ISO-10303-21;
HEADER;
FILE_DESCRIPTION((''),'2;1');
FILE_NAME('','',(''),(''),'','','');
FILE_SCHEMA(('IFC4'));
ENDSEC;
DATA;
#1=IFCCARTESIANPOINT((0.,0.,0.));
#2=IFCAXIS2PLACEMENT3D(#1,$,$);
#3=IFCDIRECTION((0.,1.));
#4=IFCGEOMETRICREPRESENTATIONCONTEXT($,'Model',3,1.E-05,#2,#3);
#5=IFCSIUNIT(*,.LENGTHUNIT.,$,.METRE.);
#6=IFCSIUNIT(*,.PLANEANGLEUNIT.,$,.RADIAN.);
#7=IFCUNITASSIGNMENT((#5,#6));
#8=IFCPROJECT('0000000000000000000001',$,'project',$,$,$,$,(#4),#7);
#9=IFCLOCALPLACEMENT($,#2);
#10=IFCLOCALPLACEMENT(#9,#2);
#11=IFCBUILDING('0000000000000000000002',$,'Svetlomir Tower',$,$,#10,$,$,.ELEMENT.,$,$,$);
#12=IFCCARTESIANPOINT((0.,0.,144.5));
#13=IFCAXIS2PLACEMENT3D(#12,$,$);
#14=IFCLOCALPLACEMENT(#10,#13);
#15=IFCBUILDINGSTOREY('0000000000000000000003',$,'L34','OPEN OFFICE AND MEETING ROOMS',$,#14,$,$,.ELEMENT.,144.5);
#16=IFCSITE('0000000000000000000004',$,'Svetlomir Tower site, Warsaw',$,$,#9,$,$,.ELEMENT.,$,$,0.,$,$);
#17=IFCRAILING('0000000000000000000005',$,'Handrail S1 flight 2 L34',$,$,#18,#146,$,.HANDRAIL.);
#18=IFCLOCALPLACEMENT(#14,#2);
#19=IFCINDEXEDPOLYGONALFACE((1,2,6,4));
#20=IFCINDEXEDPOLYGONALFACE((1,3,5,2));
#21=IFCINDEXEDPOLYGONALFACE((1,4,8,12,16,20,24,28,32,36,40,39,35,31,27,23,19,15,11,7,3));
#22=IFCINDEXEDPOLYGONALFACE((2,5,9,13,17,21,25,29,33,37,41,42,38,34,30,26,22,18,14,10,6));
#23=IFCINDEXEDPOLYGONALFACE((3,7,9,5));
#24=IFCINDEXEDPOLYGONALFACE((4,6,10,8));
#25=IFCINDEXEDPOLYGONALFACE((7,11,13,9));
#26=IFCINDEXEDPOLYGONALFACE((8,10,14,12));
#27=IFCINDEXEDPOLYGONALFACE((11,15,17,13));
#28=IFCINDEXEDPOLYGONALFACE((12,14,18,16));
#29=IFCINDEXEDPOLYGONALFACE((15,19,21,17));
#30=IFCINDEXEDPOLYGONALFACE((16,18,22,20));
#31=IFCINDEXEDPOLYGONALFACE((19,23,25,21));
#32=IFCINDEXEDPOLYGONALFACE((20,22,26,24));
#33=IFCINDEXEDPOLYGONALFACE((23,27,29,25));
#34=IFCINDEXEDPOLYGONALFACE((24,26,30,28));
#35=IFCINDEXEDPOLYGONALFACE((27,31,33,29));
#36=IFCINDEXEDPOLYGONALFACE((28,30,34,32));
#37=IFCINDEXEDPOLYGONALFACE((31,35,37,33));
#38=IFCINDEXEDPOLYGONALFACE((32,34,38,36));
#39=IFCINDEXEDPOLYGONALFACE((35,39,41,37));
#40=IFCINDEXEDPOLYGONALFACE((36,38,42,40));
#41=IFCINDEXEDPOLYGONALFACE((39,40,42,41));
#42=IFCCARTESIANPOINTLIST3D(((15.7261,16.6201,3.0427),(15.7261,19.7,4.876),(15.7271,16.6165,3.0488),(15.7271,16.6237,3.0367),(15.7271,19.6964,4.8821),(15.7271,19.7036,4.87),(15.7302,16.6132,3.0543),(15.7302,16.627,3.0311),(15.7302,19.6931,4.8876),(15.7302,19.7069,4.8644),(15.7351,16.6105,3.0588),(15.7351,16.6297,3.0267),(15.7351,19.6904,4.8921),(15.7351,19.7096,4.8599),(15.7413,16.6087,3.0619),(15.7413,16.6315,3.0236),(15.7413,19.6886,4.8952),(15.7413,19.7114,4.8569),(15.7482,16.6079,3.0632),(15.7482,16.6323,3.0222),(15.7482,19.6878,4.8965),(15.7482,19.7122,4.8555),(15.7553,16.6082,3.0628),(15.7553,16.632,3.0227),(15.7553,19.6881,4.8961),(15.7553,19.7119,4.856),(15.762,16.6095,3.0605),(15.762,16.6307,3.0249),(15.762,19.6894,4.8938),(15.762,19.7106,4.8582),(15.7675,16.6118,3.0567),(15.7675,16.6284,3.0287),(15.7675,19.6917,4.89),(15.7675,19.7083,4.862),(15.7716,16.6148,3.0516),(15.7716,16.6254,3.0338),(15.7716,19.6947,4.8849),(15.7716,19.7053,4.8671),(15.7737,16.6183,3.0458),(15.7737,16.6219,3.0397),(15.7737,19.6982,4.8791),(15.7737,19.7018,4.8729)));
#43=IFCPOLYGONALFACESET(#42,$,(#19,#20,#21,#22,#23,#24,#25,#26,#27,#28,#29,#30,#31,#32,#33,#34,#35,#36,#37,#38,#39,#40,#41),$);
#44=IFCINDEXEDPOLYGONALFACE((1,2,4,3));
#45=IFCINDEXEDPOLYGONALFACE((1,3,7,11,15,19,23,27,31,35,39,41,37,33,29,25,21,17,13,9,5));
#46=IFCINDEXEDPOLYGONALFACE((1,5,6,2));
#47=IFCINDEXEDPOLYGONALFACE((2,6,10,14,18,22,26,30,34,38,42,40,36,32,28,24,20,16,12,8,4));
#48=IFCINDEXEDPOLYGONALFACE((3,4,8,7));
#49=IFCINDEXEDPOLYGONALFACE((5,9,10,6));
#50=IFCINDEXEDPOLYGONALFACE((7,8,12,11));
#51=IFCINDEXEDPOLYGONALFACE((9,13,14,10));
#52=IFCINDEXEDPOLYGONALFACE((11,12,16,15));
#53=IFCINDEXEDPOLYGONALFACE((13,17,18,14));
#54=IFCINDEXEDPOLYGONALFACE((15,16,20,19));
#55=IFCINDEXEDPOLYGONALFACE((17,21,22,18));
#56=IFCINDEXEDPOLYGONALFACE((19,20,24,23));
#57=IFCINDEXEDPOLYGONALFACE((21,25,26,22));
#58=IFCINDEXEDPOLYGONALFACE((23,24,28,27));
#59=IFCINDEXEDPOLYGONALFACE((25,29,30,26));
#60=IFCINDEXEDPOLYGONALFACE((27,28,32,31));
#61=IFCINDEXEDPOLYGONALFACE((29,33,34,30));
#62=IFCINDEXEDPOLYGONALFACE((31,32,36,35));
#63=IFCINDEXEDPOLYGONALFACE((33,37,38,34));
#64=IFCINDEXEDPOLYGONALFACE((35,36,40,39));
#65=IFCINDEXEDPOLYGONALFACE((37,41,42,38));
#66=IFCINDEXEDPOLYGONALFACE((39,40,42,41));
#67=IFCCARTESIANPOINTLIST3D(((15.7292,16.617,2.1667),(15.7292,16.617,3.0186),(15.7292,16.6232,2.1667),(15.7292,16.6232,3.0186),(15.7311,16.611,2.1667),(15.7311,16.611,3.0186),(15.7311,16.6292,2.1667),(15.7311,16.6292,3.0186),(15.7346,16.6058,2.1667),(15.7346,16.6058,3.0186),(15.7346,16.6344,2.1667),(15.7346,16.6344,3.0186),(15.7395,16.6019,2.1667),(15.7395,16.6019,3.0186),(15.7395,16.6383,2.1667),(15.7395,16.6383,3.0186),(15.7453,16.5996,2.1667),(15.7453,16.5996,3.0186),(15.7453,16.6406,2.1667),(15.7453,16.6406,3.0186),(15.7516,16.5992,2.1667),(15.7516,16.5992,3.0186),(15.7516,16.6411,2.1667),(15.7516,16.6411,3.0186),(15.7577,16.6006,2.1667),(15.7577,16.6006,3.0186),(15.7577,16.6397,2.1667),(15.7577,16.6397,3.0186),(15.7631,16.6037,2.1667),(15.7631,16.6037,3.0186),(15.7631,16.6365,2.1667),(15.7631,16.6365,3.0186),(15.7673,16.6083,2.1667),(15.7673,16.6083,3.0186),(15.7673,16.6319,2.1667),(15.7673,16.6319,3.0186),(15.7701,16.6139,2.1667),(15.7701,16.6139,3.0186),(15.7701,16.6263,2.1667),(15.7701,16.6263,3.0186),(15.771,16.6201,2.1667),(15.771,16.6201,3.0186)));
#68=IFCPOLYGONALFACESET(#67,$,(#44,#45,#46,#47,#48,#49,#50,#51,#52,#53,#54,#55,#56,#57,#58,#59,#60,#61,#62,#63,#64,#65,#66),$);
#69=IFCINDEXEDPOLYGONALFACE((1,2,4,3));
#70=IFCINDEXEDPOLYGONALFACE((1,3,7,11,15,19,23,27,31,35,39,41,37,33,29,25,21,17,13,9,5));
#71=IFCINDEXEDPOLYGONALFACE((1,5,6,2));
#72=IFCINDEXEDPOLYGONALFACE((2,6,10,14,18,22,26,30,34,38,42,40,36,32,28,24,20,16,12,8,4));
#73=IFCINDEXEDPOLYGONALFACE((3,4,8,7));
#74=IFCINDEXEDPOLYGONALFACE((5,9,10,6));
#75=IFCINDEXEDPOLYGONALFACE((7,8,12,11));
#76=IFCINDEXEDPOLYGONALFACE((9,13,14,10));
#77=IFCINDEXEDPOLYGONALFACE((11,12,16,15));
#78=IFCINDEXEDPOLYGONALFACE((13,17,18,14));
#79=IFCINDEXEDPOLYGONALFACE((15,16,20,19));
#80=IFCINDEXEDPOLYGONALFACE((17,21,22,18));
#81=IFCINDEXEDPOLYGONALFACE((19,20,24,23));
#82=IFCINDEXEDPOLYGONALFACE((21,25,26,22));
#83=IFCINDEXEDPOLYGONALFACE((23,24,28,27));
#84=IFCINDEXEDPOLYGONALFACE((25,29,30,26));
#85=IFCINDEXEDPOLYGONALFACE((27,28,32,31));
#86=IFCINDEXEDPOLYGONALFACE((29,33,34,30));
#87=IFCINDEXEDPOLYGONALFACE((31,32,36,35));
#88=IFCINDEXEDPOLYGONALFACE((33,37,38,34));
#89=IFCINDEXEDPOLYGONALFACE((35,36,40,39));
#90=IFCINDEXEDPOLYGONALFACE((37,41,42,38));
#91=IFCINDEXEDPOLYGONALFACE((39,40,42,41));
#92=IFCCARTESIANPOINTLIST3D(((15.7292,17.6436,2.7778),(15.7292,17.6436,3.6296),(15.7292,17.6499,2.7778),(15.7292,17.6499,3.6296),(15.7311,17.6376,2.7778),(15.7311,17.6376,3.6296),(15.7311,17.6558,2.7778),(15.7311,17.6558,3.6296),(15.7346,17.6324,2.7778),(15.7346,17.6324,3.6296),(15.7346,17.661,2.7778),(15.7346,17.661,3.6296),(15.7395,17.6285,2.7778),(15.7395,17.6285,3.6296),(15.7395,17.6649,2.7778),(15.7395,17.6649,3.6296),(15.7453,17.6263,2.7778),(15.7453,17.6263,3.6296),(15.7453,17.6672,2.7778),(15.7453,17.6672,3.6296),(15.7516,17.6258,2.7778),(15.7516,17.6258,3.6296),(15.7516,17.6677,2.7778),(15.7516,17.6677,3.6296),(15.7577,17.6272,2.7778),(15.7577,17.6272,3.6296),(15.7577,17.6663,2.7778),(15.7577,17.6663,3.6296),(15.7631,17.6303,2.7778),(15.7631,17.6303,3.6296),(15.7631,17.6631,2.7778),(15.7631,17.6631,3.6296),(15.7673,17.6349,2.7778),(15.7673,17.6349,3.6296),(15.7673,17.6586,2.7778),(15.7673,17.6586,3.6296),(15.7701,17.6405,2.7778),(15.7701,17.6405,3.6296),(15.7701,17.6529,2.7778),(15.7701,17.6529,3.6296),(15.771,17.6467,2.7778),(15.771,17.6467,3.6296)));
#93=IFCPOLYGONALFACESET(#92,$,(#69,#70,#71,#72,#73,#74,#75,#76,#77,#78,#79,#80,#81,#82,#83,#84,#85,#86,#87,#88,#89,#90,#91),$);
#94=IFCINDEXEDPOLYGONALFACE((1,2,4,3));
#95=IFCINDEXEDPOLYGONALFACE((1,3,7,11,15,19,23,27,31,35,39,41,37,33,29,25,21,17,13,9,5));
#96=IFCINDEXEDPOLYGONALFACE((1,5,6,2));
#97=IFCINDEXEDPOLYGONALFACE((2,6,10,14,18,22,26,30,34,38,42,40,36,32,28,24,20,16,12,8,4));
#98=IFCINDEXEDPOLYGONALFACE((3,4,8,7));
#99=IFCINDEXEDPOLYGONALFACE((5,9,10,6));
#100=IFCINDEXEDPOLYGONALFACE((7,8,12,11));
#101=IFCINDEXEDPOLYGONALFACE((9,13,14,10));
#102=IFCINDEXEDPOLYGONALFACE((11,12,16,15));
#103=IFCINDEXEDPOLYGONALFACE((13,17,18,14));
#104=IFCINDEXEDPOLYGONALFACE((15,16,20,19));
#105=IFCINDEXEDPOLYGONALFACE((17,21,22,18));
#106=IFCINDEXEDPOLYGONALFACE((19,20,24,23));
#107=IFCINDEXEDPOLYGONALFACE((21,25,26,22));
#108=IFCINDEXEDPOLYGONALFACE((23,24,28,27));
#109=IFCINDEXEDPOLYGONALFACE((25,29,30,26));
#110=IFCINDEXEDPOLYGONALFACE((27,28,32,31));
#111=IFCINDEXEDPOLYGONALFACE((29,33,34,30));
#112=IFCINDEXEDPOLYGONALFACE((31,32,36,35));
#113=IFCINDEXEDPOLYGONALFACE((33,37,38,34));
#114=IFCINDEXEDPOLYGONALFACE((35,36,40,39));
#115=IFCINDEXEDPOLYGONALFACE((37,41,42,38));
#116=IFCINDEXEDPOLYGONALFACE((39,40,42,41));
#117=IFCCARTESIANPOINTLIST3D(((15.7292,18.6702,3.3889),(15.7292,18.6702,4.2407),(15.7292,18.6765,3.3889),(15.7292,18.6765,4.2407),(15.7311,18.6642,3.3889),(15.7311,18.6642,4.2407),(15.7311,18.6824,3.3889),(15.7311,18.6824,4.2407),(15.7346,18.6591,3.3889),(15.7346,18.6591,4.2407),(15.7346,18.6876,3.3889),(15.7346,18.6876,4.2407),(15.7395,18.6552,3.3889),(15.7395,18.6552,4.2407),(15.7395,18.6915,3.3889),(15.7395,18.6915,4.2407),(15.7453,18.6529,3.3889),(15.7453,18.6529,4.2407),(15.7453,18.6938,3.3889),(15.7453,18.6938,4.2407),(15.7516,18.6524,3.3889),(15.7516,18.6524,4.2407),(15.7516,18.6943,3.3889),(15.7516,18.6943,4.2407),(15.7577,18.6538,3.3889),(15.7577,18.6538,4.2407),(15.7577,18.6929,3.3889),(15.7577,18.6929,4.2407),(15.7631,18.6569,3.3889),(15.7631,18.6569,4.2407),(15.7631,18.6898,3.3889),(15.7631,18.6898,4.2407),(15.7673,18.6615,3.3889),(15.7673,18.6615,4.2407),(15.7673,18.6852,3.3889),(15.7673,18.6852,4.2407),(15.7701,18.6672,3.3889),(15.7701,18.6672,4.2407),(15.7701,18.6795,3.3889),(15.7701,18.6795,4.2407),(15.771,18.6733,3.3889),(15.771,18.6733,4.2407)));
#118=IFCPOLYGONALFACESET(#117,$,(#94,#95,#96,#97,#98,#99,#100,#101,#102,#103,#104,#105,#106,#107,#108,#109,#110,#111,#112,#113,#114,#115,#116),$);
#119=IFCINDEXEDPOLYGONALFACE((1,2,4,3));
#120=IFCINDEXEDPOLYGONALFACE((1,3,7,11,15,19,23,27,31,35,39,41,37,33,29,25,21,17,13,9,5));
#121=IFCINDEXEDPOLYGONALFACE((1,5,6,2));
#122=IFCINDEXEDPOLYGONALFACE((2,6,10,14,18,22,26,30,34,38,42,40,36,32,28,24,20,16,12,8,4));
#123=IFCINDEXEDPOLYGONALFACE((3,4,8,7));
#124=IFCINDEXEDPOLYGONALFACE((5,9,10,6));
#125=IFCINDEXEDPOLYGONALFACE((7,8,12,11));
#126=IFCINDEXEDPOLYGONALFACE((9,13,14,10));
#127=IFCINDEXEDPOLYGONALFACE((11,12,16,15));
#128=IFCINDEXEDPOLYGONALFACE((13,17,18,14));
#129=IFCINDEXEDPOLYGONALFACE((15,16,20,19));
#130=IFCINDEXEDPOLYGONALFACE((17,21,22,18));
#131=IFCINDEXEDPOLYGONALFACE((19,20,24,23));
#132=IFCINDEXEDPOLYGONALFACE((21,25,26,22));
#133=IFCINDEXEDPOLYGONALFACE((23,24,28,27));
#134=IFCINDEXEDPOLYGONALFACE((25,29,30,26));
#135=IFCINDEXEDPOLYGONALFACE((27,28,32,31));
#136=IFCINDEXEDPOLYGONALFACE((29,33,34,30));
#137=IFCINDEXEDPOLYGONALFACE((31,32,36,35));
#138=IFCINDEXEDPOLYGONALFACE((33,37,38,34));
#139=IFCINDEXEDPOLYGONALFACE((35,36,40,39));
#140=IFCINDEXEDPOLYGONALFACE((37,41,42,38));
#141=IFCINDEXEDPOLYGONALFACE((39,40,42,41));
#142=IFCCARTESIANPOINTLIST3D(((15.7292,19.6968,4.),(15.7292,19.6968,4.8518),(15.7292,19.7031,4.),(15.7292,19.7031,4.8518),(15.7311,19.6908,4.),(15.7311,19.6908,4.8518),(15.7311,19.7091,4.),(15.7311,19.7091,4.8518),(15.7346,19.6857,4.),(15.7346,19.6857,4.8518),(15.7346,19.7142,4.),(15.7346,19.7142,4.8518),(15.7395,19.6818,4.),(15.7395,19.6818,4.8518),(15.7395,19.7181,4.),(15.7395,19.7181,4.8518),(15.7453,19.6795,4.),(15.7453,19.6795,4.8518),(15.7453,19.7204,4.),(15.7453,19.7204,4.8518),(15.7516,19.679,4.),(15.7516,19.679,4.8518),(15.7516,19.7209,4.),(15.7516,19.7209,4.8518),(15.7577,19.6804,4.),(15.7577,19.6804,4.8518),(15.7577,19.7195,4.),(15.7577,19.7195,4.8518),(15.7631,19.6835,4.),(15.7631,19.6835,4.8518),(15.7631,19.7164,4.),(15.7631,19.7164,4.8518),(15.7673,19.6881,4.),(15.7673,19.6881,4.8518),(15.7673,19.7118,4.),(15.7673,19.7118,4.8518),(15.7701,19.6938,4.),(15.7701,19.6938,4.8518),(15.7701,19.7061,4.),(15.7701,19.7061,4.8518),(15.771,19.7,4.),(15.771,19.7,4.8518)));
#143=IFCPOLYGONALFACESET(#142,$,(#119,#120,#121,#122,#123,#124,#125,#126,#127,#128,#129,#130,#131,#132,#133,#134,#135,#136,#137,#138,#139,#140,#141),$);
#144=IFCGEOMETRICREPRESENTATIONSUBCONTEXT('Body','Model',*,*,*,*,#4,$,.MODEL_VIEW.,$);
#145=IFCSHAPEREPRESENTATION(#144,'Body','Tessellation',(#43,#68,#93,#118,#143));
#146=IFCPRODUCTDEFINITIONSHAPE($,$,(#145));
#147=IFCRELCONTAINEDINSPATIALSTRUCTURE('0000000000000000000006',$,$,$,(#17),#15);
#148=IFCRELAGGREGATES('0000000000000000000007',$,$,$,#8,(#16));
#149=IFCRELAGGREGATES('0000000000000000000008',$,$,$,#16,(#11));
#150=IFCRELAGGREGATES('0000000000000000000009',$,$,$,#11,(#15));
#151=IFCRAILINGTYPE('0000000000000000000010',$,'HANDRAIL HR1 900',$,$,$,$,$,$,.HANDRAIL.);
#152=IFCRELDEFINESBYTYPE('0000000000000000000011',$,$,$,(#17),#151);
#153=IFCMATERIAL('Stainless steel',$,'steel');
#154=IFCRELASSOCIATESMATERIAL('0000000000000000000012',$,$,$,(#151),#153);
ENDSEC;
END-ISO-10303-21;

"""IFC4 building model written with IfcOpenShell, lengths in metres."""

from ifc_helpers import new_model, si_unit, direction, frame, origin, origin_2d, place, context, subcontext, project, spatial, circle, extrude, material, type_object, element, save


model = new_model("IFC4")

# Units and contexts
model_context = context("Model", 3, precision=1e-05, world=origin(), true_north=direction((0.0, 1.0)))
body_context = subcontext(model_context, "Body", "Model", "MODEL_VIEW")
ifc_project = project(units=[si_unit("LENGTHUNIT", "METRE"), si_unit("PLANEANGLEUNIT", "RADIAN")], contexts=[model_context])

# Site, building, storey
site_placement = place(None, origin())
site = spatial("IfcSite", under=ifc_project, at=site_placement, Name="Svetlomir Tower site, Warsaw", CompositionType="ELEMENT", RefElevation=0.0)
building_placement = place(site_placement, origin())
building = spatial("IfcBuilding", under=site, at=building_placement, Name="Svetlomir Tower", CompositionType="ELEMENT")
storey_placement = place(building_placement, frame((0.0, 0.0, 144.5)))
storey = spatial("IfcBuildingStorey", under=building, at=storey_placement, Name="L34", Description="OPEN OFFICE AND MEETING ROOMS", CompositionType="ELEMENT", Elevation=144.5)

# Railing
ifc_material_1 = material(Name="Stainless steel", Category="steel")
railing_type = type_object("IfcRailingType", Name="HANDRAIL HR1 900", PredefinedType="HANDRAIL", material=ifc_material_1)
railing_placement = place(storey_placement, frame((15.75, 16.6201, 2.1667)))
element("IfcRailing", 1, at=railing_placement, inside=storey, type_object=railing_type, Name="Handrail S1 flight 2 L34", PredefinedType="HANDRAIL", context=body_context, shape_type="SweptSolid", body=[
    extrude(circle(Radius=0.0239, at=origin_2d()), frame((0.0, 0.0, 0.876), z_axis=(0.0, 0.859291, 0.511487), x_axis=(-1.0, 0.0, 0.0)), (0.0, 0.0, 1.0), 3.5842),
    extrude(circle(Radius=0.021, at=origin_2d()), origin(), (0.0, 0.0, 1.0), 0.8518),
    extrude(circle(Radius=0.021, at=origin_2d()), frame((0.0, 1.0266, 0.6111)), (0.0, 0.0, 1.0), 0.8518),
    extrude(circle(Radius=0.021, at=origin_2d()), frame((0.0, 2.0532, 1.2222)), (0.0, 0.0, 1.0), 0.8518),
    extrude(circle(Radius=0.021, at=origin_2d()), frame((0.0, 3.0798, 1.8333)), (0.0, 0.0, 1.0), 0.8518),
])

save(model, "model.ifc")
